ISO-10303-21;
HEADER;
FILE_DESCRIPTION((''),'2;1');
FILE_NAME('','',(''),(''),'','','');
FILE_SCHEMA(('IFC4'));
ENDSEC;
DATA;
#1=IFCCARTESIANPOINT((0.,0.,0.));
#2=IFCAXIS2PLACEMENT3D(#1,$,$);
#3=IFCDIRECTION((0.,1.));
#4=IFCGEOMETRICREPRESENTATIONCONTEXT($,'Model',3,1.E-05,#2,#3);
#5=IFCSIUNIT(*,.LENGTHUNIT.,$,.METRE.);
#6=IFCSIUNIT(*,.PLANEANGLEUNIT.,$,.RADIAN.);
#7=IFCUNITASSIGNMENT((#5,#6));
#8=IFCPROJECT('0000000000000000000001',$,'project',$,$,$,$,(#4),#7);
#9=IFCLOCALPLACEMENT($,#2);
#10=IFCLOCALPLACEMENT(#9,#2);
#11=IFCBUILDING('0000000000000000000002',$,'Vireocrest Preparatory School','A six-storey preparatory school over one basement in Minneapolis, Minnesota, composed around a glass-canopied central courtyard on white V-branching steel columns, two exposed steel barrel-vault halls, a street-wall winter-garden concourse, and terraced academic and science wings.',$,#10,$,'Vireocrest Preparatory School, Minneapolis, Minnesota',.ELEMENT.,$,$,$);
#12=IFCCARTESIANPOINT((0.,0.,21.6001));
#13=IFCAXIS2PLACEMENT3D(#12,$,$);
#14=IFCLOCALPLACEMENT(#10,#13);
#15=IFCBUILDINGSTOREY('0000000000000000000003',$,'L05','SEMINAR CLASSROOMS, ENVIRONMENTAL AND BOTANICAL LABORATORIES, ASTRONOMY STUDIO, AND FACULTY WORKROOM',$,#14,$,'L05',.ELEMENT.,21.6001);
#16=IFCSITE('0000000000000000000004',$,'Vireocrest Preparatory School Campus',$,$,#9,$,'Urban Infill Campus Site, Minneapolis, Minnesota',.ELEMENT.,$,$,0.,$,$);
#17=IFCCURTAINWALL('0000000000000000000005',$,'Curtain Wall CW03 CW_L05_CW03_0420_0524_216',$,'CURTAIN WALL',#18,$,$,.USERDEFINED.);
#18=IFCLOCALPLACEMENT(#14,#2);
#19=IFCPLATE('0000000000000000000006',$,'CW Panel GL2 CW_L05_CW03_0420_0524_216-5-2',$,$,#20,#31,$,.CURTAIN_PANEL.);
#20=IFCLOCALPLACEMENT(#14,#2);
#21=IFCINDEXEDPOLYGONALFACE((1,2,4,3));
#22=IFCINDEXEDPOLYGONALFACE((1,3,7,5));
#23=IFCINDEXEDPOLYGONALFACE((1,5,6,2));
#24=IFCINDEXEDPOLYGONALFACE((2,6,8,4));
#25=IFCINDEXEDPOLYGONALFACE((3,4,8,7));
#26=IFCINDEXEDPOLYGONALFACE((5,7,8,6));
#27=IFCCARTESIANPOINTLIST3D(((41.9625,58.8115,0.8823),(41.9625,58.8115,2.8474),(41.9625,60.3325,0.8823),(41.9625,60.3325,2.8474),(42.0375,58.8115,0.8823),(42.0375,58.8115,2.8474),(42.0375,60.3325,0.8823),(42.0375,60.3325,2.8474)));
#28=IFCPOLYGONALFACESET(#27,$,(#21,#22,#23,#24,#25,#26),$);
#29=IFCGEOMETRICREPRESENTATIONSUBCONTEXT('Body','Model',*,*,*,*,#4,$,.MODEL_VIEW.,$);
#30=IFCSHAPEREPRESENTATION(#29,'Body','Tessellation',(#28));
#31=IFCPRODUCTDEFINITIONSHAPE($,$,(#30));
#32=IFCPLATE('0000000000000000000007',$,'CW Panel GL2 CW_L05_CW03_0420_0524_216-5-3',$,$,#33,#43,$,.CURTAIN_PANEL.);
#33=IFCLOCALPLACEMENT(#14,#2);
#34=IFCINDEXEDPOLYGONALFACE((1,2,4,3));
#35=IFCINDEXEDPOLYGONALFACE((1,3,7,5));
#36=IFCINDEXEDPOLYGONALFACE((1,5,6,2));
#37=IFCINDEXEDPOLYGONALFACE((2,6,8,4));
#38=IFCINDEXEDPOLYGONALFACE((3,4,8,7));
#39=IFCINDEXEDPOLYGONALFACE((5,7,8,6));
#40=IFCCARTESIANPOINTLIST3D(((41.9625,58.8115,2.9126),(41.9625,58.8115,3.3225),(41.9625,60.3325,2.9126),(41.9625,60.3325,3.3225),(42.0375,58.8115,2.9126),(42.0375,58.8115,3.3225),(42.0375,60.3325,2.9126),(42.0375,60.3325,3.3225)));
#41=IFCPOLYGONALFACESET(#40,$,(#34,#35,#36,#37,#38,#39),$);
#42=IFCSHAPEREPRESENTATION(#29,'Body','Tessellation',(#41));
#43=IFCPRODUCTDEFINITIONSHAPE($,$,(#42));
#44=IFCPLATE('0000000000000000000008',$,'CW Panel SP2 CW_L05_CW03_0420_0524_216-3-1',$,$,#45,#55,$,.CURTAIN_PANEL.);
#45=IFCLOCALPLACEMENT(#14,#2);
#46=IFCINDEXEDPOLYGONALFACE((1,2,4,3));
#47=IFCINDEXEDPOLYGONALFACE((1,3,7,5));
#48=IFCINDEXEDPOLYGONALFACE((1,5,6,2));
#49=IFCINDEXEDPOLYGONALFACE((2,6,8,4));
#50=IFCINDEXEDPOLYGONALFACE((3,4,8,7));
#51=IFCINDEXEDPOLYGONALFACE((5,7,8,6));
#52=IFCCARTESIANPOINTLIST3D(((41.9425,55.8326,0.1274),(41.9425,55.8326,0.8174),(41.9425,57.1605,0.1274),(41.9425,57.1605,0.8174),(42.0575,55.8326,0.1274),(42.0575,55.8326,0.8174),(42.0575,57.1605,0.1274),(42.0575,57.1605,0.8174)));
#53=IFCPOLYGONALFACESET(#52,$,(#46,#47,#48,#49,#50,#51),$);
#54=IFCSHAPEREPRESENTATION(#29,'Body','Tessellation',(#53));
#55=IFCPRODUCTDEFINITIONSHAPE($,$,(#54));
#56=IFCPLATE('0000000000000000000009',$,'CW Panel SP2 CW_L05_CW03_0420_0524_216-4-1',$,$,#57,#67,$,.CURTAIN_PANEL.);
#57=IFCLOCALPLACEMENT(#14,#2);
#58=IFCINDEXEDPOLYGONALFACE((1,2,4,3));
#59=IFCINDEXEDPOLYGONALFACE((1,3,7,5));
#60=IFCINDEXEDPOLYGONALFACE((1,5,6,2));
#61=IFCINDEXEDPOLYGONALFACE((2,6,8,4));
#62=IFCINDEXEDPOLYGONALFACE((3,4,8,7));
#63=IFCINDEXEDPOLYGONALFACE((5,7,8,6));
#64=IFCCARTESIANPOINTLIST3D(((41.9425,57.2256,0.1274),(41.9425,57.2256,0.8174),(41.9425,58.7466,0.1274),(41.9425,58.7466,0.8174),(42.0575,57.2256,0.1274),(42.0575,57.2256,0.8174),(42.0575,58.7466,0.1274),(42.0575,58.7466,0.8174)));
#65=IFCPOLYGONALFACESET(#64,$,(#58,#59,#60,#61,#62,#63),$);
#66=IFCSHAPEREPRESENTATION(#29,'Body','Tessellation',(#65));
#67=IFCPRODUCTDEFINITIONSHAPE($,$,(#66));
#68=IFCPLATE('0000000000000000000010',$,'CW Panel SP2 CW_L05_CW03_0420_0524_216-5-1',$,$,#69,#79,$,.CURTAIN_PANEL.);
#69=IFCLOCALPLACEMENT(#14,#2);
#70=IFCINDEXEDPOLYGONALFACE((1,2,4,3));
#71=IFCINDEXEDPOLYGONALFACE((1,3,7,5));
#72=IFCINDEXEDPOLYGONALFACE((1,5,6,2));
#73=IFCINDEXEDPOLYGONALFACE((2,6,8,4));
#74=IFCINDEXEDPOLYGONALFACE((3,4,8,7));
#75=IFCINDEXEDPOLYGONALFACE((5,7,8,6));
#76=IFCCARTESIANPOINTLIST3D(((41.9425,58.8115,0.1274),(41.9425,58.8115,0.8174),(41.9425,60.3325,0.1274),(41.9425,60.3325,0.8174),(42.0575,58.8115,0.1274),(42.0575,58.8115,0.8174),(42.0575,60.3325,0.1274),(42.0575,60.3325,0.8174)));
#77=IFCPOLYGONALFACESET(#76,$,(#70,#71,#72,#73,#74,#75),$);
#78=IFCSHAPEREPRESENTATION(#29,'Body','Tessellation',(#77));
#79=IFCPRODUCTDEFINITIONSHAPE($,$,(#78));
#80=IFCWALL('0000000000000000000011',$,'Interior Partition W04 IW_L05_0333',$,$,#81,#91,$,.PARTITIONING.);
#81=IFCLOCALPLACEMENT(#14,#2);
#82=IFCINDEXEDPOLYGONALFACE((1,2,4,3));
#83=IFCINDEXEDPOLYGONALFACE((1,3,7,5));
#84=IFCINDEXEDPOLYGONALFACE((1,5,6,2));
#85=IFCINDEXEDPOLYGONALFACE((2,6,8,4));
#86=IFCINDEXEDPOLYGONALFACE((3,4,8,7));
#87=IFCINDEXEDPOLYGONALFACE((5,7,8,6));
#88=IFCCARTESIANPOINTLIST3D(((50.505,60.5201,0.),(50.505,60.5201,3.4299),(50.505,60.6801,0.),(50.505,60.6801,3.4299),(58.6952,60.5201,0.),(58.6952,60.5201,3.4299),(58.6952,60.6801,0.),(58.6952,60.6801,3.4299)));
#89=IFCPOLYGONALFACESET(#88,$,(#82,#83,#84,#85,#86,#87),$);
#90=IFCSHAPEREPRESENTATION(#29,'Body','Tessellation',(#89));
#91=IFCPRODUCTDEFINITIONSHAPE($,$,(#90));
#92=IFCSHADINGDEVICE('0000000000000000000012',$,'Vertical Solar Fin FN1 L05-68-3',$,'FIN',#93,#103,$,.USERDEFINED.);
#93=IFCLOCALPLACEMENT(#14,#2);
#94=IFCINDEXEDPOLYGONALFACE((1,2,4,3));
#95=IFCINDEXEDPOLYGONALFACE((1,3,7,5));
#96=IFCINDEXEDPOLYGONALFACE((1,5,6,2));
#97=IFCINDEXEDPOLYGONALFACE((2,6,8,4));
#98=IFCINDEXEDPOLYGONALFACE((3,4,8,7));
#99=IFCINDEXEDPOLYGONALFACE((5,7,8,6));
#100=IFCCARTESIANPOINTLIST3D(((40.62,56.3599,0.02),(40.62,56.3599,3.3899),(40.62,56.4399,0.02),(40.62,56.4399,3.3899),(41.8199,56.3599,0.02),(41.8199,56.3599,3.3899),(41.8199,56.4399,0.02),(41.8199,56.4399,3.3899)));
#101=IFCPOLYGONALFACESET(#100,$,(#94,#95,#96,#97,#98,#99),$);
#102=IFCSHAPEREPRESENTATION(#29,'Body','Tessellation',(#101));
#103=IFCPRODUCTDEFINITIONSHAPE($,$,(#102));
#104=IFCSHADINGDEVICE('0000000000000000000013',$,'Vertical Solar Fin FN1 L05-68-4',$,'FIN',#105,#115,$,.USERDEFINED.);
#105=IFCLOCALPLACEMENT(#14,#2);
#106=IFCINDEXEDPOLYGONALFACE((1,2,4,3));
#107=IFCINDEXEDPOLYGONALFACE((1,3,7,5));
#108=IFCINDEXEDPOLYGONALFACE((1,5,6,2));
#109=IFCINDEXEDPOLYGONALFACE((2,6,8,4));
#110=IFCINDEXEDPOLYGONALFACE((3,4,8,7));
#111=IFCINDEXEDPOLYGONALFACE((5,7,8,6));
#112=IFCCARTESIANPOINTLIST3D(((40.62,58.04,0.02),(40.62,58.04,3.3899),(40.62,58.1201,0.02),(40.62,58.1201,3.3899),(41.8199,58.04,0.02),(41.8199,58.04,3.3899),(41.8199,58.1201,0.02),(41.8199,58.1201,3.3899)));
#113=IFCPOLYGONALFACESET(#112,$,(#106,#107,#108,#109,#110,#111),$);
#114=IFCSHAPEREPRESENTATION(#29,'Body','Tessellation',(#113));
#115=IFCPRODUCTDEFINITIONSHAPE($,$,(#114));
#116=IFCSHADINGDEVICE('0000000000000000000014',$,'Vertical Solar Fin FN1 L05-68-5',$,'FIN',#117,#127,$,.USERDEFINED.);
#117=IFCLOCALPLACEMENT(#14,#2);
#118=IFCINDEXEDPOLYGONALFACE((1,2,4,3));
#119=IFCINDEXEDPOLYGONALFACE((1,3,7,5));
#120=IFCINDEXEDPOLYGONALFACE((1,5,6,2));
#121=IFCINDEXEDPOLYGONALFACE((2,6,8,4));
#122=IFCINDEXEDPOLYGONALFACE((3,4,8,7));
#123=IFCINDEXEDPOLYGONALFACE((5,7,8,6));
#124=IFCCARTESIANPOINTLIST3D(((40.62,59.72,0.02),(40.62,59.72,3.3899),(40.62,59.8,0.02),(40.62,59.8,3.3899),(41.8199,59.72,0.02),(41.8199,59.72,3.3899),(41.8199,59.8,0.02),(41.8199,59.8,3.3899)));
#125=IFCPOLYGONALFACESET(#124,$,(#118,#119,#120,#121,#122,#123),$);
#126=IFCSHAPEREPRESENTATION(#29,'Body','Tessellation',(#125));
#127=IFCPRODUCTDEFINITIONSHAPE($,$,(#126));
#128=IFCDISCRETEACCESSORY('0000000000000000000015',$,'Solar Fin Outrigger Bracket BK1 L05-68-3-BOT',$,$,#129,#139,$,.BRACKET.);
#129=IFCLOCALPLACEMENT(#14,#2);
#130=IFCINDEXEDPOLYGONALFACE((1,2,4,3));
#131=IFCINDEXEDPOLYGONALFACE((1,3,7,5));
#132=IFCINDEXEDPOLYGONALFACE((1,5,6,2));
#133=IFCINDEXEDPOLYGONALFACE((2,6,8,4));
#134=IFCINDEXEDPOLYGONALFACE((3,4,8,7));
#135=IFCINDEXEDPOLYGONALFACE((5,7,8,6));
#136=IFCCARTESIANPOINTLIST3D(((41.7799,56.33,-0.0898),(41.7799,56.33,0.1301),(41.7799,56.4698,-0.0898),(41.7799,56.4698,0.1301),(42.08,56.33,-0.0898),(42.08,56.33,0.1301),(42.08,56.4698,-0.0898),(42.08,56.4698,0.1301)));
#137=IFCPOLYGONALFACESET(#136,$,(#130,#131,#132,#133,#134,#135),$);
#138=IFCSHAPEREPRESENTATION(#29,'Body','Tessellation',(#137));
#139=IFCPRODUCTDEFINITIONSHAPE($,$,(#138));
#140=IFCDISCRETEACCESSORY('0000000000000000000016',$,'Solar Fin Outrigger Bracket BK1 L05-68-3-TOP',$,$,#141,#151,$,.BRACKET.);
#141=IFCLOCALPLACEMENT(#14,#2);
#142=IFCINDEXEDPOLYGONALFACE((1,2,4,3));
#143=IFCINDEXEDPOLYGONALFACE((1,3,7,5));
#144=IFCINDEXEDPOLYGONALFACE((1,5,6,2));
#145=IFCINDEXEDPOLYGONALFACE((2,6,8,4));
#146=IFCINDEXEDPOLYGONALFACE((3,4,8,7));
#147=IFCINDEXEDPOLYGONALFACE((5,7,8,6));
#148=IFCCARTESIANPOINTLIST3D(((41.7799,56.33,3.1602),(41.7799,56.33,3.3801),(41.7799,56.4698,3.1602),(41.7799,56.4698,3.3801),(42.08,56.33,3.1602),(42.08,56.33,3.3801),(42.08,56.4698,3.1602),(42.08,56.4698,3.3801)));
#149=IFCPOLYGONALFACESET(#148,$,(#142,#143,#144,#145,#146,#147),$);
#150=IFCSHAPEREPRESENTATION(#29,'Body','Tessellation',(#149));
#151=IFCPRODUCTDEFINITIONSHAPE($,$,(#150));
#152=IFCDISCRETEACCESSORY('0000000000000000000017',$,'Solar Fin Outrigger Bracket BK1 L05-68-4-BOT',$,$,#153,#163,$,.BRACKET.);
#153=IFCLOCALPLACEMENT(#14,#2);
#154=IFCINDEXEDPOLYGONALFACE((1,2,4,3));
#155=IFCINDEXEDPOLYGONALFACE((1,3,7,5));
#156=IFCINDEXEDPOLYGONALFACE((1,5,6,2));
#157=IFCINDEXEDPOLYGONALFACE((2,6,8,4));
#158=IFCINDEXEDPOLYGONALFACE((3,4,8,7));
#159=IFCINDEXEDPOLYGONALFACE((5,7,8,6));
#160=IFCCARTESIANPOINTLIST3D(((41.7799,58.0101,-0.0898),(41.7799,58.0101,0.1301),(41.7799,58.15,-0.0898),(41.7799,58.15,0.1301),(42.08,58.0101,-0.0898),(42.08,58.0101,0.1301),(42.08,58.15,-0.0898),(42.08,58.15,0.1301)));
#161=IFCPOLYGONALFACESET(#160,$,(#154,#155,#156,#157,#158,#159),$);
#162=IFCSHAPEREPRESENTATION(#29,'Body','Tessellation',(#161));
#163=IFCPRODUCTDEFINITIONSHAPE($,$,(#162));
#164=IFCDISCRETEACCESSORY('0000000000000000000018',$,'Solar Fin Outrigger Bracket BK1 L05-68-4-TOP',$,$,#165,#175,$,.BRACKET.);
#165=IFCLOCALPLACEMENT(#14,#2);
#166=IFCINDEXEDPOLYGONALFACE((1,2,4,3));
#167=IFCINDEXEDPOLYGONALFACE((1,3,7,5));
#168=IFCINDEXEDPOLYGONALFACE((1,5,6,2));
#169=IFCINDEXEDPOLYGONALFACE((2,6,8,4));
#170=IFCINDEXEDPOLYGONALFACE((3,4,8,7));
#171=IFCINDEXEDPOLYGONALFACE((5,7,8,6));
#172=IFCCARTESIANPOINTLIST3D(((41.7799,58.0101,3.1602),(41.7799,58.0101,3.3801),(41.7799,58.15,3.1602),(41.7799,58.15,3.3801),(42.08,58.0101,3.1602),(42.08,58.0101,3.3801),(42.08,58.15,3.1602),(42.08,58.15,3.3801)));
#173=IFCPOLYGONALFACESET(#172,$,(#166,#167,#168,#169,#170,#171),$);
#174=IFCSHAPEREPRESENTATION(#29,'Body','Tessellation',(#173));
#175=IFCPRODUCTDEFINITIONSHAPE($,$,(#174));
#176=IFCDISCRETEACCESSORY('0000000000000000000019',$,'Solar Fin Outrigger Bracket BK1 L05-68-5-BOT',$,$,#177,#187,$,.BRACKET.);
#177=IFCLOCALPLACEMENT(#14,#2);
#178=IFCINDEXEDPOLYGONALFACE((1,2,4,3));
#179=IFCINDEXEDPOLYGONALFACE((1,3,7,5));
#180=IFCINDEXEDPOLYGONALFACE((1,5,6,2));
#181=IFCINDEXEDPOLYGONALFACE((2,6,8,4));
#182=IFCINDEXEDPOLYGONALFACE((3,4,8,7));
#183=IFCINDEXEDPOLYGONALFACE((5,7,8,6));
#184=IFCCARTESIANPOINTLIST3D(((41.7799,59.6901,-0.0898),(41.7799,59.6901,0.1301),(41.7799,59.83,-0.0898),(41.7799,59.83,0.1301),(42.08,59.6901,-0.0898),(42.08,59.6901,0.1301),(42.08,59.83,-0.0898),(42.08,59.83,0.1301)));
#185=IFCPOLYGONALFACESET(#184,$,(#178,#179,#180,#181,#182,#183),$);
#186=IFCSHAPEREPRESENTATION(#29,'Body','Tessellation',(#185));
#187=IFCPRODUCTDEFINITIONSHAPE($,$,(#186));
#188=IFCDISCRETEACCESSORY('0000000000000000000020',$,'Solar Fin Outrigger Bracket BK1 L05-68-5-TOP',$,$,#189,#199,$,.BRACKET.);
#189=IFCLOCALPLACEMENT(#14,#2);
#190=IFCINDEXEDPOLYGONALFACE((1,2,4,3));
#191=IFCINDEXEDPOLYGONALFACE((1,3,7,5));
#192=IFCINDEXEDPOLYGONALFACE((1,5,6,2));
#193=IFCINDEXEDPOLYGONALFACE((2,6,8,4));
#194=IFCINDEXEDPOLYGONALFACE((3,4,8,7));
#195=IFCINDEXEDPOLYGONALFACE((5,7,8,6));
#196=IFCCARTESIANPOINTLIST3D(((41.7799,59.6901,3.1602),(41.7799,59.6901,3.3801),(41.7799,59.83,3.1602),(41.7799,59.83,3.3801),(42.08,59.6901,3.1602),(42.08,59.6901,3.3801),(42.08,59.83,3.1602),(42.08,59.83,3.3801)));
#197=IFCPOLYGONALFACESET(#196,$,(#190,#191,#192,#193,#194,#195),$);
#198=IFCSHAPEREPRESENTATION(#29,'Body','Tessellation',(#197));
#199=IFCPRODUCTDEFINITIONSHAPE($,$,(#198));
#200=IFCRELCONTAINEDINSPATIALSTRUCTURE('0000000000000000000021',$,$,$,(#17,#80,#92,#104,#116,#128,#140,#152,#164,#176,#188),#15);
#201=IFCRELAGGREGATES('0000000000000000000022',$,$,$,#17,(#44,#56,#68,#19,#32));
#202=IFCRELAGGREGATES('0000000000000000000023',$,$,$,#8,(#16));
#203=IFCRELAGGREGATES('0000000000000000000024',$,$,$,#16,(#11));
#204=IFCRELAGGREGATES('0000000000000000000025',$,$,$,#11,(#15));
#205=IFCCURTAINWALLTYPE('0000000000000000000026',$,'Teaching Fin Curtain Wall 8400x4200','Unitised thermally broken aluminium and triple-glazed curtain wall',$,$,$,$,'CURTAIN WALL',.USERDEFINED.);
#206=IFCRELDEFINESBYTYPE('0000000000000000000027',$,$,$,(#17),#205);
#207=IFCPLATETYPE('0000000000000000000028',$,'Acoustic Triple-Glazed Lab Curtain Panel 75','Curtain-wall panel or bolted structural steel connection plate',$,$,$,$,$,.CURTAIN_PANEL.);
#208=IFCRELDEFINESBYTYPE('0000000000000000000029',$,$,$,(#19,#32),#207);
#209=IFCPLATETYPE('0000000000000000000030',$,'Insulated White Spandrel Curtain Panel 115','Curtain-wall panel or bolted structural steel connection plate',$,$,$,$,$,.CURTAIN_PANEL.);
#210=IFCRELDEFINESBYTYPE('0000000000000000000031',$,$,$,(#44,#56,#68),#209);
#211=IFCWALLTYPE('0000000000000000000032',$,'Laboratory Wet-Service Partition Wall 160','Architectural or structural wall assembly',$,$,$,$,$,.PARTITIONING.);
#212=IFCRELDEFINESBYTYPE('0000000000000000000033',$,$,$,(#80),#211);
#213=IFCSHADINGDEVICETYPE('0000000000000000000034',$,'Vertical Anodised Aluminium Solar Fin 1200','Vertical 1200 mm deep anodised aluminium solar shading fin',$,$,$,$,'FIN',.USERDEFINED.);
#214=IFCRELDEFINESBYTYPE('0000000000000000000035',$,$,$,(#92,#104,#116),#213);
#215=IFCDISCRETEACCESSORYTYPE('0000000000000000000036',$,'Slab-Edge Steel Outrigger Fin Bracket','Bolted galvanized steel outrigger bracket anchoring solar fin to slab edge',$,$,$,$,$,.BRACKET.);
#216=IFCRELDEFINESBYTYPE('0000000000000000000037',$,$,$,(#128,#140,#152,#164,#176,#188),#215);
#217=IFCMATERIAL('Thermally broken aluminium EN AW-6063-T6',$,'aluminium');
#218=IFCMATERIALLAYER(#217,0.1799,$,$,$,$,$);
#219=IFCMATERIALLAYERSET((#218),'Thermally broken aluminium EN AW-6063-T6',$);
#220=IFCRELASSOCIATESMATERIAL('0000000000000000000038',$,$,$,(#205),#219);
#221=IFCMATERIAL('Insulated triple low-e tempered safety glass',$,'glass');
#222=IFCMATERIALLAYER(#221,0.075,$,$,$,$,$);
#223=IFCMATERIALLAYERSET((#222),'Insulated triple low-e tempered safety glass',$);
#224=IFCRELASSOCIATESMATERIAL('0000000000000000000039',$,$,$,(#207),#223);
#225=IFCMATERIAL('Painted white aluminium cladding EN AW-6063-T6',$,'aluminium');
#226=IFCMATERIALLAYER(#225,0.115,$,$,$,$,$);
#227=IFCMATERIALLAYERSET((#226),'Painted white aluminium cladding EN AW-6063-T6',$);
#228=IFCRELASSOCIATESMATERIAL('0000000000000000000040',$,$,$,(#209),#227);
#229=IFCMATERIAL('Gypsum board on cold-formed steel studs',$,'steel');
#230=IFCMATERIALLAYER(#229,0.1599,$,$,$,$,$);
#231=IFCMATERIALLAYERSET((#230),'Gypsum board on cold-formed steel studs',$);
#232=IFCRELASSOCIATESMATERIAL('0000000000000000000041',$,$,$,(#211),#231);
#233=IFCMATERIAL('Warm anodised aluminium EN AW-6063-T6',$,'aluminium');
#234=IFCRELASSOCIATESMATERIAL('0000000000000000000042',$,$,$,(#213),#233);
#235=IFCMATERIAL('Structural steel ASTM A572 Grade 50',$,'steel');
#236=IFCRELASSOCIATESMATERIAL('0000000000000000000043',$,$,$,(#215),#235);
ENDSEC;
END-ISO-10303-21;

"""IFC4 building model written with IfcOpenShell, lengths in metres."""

from ifc_helpers import new_model, si_unit, direction, frame, frame_2d, origin, origin_2d, place, context, subcontext, project, spatial, rectangle, extrude, material, layer, layer_set, material_profile, profile_set, type_object, element, aggregate, save


model = new_model("IFC4")

# Units and contexts
model_context = context("Model", 3, precision=1e-05, world=origin(), true_north=direction((0.0, 1.0)))
body_context = subcontext(model_context, "Body", "Model", "MODEL_VIEW")
ifc_project = project(units=[si_unit("LENGTHUNIT", "METRE"), si_unit("PLANEANGLEUNIT", "RADIAN")], contexts=[model_context])

# Site, building, storey
site_placement = place(None, origin())
site = spatial("IfcSite", under=ifc_project, at=site_placement, Name="Vireocrest Preparatory School Campus", LongName="Urban Infill Campus Site, Minneapolis, Minnesota", CompositionType="ELEMENT", RefElevation=0.0)
building_placement = place(site_placement, origin())
building = spatial("IfcBuilding", under=site, at=building_placement, Name="Vireocrest Preparatory School", Description="A six-storey preparatory school over one basement in Minneapolis, Minnesota, composed around a glass-canopied central courtyard on white V-branching steel columns, two exposed steel barrel-vault halls, a street-wall winter-garden concourse, and terraced academic and science wings.", LongName="Vireocrest Preparatory School, Minneapolis, Minnesota", CompositionType="ELEMENT")
storey_placement = place(building_placement, frame((0.0, 0.0, 21.6001)))
storey = spatial("IfcBuildingStorey", under=building, at=storey_placement, Name="L05", Description="SEMINAR CLASSROOMS, ENVIRONMENTAL AND BOTANICAL LABORATORIES, ASTRONOMY STUDIO, AND FACULTY WORKROOM", LongName="L05", CompositionType="ELEMENT", Elevation=21.6001)

# Curtain wall
ifc_material_1 = material(Name="Thermally broken aluminium EN AW-6063-T6", Category="aluminium")
ifc_layer_1 = layer(ifc_material_1, 0.1799)
ifc_layer_set_1 = layer_set([ifc_layer_1], Name="Thermally broken aluminium EN AW-6063-T6")
curtain_wall_type = type_object("IfcCurtainWallType", Name="Teaching Fin Curtain Wall 8400x4200", Description="Unitised thermally broken aluminium and triple-glazed curtain wall", ElementType="CURTAIN WALL", PredefinedType="USERDEFINED", material=ifc_layer_set_1)
curtain_wall_placement = place(storey_placement, origin())
curtain_wall = element("IfcCurtainWall", 1, at=curtain_wall_placement, inside=storey, type_object=curtain_wall_type, Name="Curtain Wall CW03 CW_L05_CW03_0420_0524_216", ObjectType="CURTAIN WALL", PredefinedType="USERDEFINED")

# Plates
ifc_material_2 = material(Name="Insulated triple low-e tempered safety glass", Category="glass")
ifc_layer_2 = layer(ifc_material_2, 0.075)
ifc_layer_set_2 = layer_set([ifc_layer_2], Name="Insulated triple low-e tempered safety glass")
plate_type_1 = type_object("IfcPlateType", Name="Acoustic Triple-Glazed Lab Curtain Panel 75", Description="Curtain-wall panel or bolted structural steel connection plate", PredefinedType="CURTAIN_PANEL", material=ifc_layer_set_2)
plate_1_placement = place(storey_placement, frame((42.0, 59.572, 0.8823), z_axis=(0.0, 0.0, 1.0), x_axis=(0.0, 1.0, 0.0)))
plate_1 = element("IfcPlate", 2, at=plate_1_placement, type_object=plate_type_1, Name="CW Panel GL2 CW_L05_CW03_0420_0524_216-5-2", PredefinedType="CURTAIN_PANEL", context=body_context, shape_type="SweptSolid", body=[
    extrude(rectangle(XDim=1.521, YDim=0.075, at=origin_2d()), origin(), (0.0, 0.0, 1.0), 1.9651),
])
plate_2_placement = place(storey_placement, frame((42.0, 59.572, 2.9126), z_axis=(0.0, 0.0, 1.0), x_axis=(0.0, 1.0, 0.0)))
plate_2 = element("IfcPlate", 3, at=plate_2_placement, type_object=plate_type_1, Name="CW Panel GL2 CW_L05_CW03_0420_0524_216-5-3", PredefinedType="CURTAIN_PANEL", context=body_context, shape_type="SweptSolid", body=[
    extrude(rectangle(XDim=1.521, YDim=0.075, at=origin_2d()), origin(), (0.0, 0.0, 1.0), 0.4099),
])
ifc_material_3 = material(Name="Painted white aluminium cladding EN AW-6063-T6", Category="aluminium")
ifc_layer_3 = layer(ifc_material_3, 0.115)
ifc_layer_set_3 = layer_set([ifc_layer_3], Name="Painted white aluminium cladding EN AW-6063-T6")
plate_type_2 = type_object("IfcPlateType", Name="Insulated White Spandrel Curtain Panel 115", Description="Curtain-wall panel or bolted structural steel connection plate", PredefinedType="CURTAIN_PANEL", material=ifc_layer_set_3)
plate_3_placement = place(storey_placement, frame((42.0, 56.4966, 0.1274), z_axis=(0.0, 0.0, 1.0), x_axis=(0.0, 1.0, 0.0)))
plate_3 = element("IfcPlate", 4, at=plate_3_placement, type_object=plate_type_2, Name="CW Panel SP2 CW_L05_CW03_0420_0524_216-3-1", PredefinedType="CURTAIN_PANEL", context=body_context, shape_type="SweptSolid", body=[
    extrude(rectangle(XDim=1.3279, YDim=0.115, at=origin_2d()), origin(), (0.0, 0.0, 1.0), 0.6899),
])
plate_4_placement = place(storey_placement, frame((42.0, 57.9861, 0.1274), z_axis=(0.0, 0.0, 1.0), x_axis=(0.0, 1.0, 0.0)))
plate_4 = element("IfcPlate", 5, at=plate_4_placement, type_object=plate_type_2, Name="CW Panel SP2 CW_L05_CW03_0420_0524_216-4-1", PredefinedType="CURTAIN_PANEL", context=body_context, shape_type="SweptSolid", body=[
    extrude(rectangle(XDim=1.521, YDim=0.115, at=origin_2d()), origin(), (0.0, 0.0, 1.0), 0.6899),
])
plate_5_placement = place(storey_placement, frame((42.0, 59.572, 0.1274), z_axis=(0.0, 0.0, 1.0), x_axis=(0.0, 1.0, 0.0)))
plate_5 = element("IfcPlate", 6, at=plate_5_placement, type_object=plate_type_2, Name="CW Panel SP2 CW_L05_CW03_0420_0524_216-5-1", PredefinedType="CURTAIN_PANEL", context=body_context, shape_type="SweptSolid", body=[
    extrude(rectangle(XDim=1.521, YDim=0.115, at=origin_2d()), origin(), (0.0, 0.0, 1.0), 0.6899),
])
aggregate(curtain_wall, [plate_3, plate_4, plate_5, plate_1, plate_2])

# Wall
ifc_material_4 = material(Name="Gypsum board on cold-formed steel studs", Category="steel")
ifc_layer_4 = layer(ifc_material_4, 0.1599)
ifc_layer_set_4 = layer_set([ifc_layer_4], Name="Gypsum board on cold-formed steel studs")
wall_type = type_object("IfcWallType", Name="Laboratory Wet-Service Partition Wall 160", Description="Architectural or structural wall assembly", PredefinedType="PARTITIONING", material=ifc_layer_set_4)
wall_placement = place(storey_placement, frame((50.5049, 60.6001, 0.0), z_axis=(0.0, 0.0, 1.0), x_axis=(1.0, 0.0, 0.0)))
element("IfcWall", 7, at=wall_placement, inside=storey, type_object=wall_type, Name="Interior Partition W04 IW_L05_0333", PredefinedType="PARTITIONING", context=body_context, shape_type="SweptSolid", body=[
    extrude(rectangle(XDim=8.1902, YDim=0.1599, at=frame_2d((4.0952, 0.0))), origin(), (0.0, 0.0, 1.0), 3.4299),
])

# Shading devices
ifc_material_5 = material(Name="Warm anodised aluminium EN AW-6063-T6", Category="aluminium")
ifc_material_profile_1 = material_profile(ifc_material_5, rectangle(XDim=0.0801, YDim=1.2, at=origin_2d()), Name="FIN 80x1200")
ifc_profile_set_1 = profile_set([ifc_material_profile_1], Name="Warm anodised aluminium EN AW-6063-T6")
shading_device_type = type_object("IfcShadingDeviceType", Name="Vertical Anodised Aluminium Solar Fin 1200", Description="Vertical 1200 mm deep anodised aluminium solar shading fin", ElementType="FIN", PredefinedType="USERDEFINED", material=ifc_profile_set_1)
for number, where, z_axis, x_axis, name in (
    (8, (41.22, 56.3999, 0.02), (0.0, 0.0, 1.0), (0.0, 1.0, 0.0), "Vertical Solar Fin FN1 L05-68-3"),
    (9, (41.22, 58.0801, 0.02), (0.0, 0.0, 1.0), (0.0, 1.0, 0.0), "Vertical Solar Fin FN1 L05-68-4"),
    (10, (41.22, 59.76, 0.02), (0.0, 0.0, 1.0), (0.0, 1.0, 0.0), "Vertical Solar Fin FN1 L05-68-5"),
):
    element("IfcShadingDevice", number, at=place(storey_placement, frame(where, z_axis=z_axis, x_axis=x_axis)), inside=storey, type_object=shading_device_type, Name=name, ObjectType="FIN", PredefinedType="USERDEFINED", context=body_context, shape_type="SweptSolid", body=[
        extrude(rectangle(XDim=0.0801, YDim=1.2, at=origin_2d()), origin(), (0.0, 0.0, 1.0), 3.3699),
    ])

# Discrete accessories
ifc_material_6 = material(Name="Structural steel ASTM A572 Grade 50", Category="steel")
discrete_accessory_type = type_object("IfcDiscreteAccessoryType", Name="Slab-Edge Steel Outrigger Fin Bracket", Description="Bolted galvanized steel outrigger bracket anchoring solar fin to slab edge", PredefinedType="BRACKET", material=ifc_material_6)
for number, where, z_axis, x_axis, name in (
    (11, (41.9299, 56.3999, -0.0898), (0.0, 0.0, 1.0), (0.0, 1.0, 0.0), "Solar Fin Outrigger Bracket BK1 L05-68-3-BOT"),
    (12, (41.9299, 56.3999, 3.1602), (0.0, 0.0, 1.0), (0.0, 1.0, 0.0), "Solar Fin Outrigger Bracket BK1 L05-68-3-TOP"),
    (13, (41.9299, 58.0801, -0.0898), (0.0, 0.0, 1.0), (0.0, 1.0, 0.0), "Solar Fin Outrigger Bracket BK1 L05-68-4-BOT"),
    (14, (41.9299, 58.0801, 3.1602), (0.0, 0.0, 1.0), (0.0, 1.0, 0.0), "Solar Fin Outrigger Bracket BK1 L05-68-4-TOP"),
    (15, (41.9299, 59.76, -0.0898), (0.0, 0.0, 1.0), (0.0, 1.0, 0.0), "Solar Fin Outrigger Bracket BK1 L05-68-5-BOT"),
    (16, (41.9299, 59.76, 3.1602), (0.0, 0.0, 1.0), (0.0, 1.0, 0.0), "Solar Fin Outrigger Bracket BK1 L05-68-5-TOP"),
):
    element("IfcDiscreteAccessory", number, at=place(storey_placement, frame(where, z_axis=z_axis, x_axis=x_axis)), inside=storey, type_object=discrete_accessory_type, Name=name, PredefinedType="BRACKET", context=body_context, shape_type="SweptSolid", body=[
        extrude(rectangle(XDim=0.1399, YDim=0.3, at=origin_2d()), origin(), (0.0, 0.0, 1.0), 0.22),
    ])

save(model, "model.ifc")
